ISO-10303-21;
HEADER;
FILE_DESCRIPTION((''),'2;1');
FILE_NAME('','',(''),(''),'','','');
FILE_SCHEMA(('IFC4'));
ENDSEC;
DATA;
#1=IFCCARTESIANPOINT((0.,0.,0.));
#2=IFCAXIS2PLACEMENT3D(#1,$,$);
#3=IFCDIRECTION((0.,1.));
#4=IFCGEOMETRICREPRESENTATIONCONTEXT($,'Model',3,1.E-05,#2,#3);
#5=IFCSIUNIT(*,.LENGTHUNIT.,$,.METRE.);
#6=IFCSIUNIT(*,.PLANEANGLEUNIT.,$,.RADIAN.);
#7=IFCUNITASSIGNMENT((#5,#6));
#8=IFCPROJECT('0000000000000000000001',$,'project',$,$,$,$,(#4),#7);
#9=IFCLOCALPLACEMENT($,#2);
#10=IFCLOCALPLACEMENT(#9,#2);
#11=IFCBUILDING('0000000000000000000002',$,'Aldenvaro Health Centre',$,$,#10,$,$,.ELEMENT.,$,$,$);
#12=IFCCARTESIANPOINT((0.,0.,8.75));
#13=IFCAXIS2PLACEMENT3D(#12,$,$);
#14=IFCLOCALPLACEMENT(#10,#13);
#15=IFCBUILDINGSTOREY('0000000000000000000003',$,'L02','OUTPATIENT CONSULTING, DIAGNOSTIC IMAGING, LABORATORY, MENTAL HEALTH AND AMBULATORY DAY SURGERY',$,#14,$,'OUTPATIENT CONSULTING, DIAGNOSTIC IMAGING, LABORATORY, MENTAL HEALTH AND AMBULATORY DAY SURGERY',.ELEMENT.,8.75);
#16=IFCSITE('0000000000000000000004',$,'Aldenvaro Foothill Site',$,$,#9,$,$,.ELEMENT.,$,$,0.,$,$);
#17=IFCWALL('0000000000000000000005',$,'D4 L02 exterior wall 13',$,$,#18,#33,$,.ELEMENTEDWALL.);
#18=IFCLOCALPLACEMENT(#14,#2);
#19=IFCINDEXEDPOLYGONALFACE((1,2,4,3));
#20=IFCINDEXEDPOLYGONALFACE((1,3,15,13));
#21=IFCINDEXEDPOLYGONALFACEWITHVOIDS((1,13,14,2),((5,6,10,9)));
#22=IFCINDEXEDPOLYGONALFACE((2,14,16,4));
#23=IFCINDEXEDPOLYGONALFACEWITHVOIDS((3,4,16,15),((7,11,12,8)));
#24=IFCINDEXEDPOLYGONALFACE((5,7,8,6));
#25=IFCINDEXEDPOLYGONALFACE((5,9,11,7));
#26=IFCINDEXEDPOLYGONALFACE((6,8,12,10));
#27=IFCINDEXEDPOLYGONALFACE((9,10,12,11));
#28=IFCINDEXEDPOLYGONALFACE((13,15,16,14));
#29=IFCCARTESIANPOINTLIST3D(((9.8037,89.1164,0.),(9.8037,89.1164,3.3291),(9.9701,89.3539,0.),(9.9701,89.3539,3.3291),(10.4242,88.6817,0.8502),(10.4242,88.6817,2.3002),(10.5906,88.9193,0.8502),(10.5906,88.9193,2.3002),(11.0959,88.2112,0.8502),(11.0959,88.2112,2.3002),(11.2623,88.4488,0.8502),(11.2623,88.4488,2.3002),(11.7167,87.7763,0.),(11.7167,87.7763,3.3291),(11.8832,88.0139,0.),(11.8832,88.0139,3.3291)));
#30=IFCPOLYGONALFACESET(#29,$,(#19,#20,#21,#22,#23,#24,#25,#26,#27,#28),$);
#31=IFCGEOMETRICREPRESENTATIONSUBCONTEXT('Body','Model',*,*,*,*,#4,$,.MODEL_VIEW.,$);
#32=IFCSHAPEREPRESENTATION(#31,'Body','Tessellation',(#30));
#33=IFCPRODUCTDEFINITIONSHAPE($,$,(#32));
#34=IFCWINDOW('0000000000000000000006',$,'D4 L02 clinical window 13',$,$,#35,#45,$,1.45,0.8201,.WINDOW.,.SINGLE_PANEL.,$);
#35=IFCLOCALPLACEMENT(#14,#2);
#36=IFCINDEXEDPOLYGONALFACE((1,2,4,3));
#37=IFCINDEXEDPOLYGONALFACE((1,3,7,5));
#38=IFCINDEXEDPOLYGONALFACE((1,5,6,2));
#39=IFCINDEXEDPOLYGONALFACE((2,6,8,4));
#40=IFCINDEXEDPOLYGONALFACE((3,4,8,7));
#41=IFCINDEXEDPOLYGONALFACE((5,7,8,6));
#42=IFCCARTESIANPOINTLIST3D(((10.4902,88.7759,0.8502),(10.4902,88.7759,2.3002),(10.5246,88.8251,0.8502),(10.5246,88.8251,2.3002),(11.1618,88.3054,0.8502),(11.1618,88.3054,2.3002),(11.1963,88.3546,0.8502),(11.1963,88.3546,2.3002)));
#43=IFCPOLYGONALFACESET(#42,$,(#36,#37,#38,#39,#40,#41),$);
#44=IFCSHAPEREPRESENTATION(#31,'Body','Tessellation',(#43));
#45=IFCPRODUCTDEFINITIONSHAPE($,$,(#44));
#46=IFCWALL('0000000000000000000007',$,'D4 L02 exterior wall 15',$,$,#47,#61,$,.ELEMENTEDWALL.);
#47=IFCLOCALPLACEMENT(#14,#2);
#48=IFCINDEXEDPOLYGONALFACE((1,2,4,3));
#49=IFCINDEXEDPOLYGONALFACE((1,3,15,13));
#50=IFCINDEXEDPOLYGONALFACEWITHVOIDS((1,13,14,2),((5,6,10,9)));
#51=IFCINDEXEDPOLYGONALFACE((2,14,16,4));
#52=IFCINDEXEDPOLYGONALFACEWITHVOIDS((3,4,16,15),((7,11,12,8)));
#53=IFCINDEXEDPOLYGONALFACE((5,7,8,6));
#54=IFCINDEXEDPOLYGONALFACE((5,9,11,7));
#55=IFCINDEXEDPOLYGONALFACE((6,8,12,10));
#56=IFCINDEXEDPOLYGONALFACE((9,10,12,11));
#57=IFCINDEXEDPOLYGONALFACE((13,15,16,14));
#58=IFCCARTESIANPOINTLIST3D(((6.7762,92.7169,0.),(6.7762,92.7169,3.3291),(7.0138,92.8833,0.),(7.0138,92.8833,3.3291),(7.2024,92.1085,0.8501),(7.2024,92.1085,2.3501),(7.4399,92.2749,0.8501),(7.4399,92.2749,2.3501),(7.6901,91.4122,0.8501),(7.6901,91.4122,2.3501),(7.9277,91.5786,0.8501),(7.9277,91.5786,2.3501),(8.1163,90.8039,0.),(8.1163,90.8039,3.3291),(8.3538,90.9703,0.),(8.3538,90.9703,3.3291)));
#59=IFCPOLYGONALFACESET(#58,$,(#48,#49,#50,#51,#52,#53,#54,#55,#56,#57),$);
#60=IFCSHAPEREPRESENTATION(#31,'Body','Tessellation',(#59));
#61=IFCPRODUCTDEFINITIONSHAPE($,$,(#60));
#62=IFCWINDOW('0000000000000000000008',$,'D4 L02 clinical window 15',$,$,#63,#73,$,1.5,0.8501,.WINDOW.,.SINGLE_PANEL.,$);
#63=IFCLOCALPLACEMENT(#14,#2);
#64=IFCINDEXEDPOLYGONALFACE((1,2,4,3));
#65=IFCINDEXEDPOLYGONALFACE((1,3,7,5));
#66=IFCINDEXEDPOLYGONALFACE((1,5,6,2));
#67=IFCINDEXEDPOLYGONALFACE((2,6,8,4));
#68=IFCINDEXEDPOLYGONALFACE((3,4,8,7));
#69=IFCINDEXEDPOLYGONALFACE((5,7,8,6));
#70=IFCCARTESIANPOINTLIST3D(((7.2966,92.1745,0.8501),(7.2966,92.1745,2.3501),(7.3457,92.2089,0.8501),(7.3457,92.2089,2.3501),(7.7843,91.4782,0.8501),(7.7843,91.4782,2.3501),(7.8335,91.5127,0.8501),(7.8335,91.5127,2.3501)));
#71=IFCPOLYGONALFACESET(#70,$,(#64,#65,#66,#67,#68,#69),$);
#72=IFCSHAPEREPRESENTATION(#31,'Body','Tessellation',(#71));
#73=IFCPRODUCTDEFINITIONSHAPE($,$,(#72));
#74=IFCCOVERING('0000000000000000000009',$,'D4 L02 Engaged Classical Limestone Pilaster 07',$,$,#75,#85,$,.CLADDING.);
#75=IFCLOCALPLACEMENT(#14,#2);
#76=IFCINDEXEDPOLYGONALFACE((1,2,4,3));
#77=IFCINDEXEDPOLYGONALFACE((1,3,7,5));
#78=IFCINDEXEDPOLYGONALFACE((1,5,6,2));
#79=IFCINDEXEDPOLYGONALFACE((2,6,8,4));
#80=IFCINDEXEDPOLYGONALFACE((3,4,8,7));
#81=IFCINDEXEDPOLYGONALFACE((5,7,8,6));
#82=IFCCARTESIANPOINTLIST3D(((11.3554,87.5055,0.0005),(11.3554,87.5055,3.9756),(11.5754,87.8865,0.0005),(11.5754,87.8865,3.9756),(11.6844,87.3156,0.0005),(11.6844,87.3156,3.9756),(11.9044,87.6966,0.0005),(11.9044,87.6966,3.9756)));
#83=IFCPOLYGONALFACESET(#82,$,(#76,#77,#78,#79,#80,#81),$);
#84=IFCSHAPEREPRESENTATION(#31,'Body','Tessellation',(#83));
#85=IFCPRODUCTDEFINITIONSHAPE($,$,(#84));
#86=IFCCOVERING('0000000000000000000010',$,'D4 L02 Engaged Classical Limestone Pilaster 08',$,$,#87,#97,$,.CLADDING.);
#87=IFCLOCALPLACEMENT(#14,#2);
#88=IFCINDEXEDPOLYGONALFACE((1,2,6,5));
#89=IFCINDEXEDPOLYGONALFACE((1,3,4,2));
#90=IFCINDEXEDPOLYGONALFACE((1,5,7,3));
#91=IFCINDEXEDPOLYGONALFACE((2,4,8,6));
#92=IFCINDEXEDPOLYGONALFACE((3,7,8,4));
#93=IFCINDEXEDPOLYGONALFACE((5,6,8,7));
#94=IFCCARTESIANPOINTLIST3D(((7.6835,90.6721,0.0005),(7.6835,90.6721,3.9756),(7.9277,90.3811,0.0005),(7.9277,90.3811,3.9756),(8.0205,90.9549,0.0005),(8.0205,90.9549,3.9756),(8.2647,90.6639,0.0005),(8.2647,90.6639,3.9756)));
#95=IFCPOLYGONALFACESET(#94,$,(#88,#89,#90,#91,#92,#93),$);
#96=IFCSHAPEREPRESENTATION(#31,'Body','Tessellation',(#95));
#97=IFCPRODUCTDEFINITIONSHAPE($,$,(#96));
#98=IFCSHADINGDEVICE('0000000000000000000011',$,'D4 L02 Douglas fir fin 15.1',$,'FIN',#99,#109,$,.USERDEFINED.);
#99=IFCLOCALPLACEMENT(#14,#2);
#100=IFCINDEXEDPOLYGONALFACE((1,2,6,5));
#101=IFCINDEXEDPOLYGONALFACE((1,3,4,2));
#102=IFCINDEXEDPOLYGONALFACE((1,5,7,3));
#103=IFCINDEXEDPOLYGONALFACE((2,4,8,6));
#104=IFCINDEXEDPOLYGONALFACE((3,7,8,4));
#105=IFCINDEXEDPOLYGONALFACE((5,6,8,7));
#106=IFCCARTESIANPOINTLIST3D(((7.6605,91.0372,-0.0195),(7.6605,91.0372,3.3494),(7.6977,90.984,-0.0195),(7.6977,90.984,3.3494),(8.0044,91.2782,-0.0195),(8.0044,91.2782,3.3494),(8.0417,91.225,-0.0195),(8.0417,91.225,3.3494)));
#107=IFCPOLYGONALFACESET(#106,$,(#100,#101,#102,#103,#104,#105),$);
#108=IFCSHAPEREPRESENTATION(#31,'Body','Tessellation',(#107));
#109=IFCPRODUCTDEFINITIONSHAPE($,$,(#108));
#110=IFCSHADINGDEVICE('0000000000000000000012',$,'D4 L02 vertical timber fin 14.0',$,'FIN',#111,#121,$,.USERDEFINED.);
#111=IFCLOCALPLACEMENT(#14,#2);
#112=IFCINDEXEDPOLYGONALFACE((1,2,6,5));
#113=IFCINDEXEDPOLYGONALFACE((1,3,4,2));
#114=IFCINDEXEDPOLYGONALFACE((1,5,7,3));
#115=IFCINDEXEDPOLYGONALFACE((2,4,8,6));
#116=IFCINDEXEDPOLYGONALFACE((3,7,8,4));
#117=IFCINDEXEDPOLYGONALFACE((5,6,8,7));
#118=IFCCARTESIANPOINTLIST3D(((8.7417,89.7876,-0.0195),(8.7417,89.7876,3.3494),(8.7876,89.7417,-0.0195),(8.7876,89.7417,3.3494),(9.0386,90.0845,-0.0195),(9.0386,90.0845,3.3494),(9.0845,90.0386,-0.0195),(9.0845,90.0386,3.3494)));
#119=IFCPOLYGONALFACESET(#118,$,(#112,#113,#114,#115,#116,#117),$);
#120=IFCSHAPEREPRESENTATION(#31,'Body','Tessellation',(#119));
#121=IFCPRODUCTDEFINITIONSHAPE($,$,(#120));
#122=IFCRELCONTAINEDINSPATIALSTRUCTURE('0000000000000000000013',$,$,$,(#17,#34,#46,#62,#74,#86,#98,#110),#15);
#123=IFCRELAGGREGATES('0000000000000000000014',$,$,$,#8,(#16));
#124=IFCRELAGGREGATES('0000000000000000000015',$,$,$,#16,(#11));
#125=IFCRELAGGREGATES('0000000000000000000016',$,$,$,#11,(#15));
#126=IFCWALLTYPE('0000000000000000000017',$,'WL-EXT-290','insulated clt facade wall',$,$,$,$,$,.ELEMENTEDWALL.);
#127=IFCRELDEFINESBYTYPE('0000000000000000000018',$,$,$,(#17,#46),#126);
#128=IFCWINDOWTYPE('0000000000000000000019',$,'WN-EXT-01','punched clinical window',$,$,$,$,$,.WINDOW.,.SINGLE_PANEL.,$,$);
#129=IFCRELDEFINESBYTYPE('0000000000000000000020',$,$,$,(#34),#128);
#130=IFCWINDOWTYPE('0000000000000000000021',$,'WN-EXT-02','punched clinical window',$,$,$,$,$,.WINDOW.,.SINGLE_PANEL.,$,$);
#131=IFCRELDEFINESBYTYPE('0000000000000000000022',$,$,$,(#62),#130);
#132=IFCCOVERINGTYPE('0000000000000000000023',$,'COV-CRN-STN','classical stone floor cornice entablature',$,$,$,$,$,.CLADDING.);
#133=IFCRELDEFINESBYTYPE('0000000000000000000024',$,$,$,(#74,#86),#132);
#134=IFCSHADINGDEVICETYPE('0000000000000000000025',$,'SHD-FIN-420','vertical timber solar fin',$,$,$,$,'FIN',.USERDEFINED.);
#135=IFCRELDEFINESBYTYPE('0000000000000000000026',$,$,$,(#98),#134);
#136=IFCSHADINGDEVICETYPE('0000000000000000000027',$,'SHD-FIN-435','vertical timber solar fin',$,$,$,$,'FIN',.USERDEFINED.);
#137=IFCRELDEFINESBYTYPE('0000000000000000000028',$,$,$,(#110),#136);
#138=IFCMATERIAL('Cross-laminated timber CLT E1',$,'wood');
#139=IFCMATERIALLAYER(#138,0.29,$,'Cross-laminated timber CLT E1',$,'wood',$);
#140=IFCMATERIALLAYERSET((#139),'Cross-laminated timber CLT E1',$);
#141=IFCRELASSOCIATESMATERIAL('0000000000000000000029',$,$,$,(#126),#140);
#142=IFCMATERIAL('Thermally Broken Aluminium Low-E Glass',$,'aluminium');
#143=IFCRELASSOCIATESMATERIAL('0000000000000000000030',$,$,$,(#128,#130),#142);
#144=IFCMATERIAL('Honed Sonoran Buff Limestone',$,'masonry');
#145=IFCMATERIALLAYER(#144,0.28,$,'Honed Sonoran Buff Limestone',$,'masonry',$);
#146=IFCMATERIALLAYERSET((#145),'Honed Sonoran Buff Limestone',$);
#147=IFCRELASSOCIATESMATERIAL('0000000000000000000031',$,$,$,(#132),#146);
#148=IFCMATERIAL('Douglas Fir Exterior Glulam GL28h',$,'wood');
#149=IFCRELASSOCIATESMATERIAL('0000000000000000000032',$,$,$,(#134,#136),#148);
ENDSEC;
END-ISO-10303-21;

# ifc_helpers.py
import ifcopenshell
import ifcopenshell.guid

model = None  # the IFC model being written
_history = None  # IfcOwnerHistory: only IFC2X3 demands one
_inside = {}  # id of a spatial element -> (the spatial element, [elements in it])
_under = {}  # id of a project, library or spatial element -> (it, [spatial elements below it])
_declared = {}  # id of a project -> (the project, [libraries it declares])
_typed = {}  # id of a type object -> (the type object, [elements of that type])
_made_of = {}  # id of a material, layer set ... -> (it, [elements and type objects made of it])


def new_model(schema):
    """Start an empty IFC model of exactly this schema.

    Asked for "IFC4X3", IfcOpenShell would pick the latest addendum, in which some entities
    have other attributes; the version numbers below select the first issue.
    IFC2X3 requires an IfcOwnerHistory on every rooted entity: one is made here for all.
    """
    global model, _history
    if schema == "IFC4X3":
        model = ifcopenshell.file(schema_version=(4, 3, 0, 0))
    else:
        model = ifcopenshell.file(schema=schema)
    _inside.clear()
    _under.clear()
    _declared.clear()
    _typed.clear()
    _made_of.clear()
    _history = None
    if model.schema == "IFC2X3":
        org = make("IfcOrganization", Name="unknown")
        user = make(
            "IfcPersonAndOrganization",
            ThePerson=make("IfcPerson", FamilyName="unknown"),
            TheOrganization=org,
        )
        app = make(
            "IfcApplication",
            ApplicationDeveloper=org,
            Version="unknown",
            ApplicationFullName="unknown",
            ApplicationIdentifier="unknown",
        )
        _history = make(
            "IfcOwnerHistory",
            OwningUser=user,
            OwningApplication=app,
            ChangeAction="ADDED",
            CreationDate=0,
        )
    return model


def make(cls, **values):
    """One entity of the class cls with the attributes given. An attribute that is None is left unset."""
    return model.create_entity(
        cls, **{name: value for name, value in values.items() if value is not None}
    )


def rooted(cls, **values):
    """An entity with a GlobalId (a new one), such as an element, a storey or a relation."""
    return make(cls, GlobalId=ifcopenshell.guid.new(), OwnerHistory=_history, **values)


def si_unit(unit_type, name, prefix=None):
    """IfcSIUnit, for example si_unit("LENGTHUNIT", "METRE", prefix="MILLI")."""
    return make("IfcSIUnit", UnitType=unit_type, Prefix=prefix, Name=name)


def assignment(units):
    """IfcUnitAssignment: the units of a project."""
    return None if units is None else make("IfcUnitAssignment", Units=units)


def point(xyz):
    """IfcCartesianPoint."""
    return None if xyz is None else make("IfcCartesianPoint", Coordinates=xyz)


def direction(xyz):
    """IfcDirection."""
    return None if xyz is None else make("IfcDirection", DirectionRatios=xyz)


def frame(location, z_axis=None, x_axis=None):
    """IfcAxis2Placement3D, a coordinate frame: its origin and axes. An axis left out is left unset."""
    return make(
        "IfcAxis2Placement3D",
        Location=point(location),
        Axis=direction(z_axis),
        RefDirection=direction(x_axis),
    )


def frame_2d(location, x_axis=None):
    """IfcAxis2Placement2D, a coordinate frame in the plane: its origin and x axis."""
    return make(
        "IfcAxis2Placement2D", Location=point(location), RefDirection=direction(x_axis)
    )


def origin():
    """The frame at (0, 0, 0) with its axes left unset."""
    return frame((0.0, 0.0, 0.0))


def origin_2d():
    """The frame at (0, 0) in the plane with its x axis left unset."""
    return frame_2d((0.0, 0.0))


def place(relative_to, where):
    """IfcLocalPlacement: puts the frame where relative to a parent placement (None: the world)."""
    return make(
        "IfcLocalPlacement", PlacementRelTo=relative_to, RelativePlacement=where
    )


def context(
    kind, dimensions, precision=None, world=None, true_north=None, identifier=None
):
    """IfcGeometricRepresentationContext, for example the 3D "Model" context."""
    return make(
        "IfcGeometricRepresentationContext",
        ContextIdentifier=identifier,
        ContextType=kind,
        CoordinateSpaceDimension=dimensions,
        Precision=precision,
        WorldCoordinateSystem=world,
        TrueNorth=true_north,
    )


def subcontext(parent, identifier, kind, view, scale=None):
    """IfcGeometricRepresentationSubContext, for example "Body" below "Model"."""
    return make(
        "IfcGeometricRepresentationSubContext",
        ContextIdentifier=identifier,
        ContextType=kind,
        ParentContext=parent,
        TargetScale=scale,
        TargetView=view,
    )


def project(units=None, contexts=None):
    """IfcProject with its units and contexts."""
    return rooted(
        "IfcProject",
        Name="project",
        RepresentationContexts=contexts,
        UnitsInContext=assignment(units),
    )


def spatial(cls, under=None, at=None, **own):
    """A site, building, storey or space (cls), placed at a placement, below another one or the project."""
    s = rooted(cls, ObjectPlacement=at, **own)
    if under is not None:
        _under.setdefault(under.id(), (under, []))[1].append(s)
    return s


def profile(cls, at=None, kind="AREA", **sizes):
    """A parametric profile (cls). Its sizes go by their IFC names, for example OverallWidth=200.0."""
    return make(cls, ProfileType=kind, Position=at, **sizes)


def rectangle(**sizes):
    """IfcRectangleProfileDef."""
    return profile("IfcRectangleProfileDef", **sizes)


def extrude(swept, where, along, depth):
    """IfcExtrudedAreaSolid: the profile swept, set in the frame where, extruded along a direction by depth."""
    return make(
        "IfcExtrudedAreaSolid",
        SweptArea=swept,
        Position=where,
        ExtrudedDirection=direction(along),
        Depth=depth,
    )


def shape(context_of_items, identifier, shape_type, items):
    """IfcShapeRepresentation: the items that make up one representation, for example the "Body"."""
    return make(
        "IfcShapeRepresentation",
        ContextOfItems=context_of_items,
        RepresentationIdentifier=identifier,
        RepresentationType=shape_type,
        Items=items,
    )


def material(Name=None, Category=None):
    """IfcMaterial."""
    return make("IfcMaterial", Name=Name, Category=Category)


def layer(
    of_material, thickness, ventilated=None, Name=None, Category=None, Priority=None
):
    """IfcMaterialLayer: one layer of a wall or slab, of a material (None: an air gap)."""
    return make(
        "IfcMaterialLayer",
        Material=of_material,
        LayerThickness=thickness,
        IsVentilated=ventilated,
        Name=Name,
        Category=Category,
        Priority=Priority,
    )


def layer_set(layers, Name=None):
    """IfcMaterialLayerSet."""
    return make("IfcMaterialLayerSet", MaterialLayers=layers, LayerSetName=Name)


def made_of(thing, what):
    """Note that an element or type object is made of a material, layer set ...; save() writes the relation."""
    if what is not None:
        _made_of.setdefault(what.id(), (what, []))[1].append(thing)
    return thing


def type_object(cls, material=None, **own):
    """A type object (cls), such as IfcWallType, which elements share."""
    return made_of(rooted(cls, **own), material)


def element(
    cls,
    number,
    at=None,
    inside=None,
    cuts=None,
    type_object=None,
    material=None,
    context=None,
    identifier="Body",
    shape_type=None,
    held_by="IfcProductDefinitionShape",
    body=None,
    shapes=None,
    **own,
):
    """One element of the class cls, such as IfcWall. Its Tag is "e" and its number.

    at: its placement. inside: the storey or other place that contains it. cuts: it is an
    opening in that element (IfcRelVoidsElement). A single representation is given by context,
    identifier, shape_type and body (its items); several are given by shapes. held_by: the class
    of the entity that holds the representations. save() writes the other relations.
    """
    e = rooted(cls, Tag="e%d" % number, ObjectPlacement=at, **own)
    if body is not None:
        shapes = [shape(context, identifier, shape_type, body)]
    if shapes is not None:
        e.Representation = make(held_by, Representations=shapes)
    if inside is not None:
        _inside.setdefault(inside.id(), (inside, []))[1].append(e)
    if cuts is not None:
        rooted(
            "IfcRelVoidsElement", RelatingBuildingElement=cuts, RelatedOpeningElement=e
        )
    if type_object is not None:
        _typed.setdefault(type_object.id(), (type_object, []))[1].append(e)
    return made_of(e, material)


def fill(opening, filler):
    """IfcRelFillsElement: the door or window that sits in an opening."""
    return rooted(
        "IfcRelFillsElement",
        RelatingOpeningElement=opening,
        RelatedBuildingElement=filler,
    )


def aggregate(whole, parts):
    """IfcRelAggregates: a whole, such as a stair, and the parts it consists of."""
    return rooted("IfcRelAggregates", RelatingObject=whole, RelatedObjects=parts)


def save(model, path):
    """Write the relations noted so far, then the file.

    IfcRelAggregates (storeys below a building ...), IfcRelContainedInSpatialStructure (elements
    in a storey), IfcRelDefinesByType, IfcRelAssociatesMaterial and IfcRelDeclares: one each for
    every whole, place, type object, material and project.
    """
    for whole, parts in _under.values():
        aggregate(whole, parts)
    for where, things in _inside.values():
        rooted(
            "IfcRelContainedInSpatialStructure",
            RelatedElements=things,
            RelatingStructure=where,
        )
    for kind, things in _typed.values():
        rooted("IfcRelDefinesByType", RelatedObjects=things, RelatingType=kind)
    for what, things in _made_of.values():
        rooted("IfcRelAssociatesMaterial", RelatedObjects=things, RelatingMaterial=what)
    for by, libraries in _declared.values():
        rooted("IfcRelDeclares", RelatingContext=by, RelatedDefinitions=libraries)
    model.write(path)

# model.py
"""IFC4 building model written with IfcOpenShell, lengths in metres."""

from ifc_helpers import new_model, si_unit, direction, frame, frame_2d, origin, origin_2d, place, context, subcontext, project, spatial, rectangle, extrude, material, layer, layer_set, type_object, element, fill, save


model = new_model("IFC4")

# Units and contexts
model_context = context("Model", 3, precision=1e-05, world=origin(), true_north=direction((0.0, 1.0)))
body_context = subcontext(model_context, "Body", "Model", "MODEL_VIEW")
ifc_project = project(units=[si_unit("LENGTHUNIT", "METRE"), si_unit("PLANEANGLEUNIT", "RADIAN")], contexts=[model_context])

# Site, building, storey
site_placement = place(None, origin())
site = spatial("IfcSite", under=ifc_project, at=site_placement, Name="Aldenvaro Foothill Site", CompositionType="ELEMENT", RefElevation=0.0)
building_placement = place(site_placement, origin())
building = spatial("IfcBuilding", under=site, at=building_placement, Name="Aldenvaro Health Centre", CompositionType="ELEMENT")
storey_placement = place(building_placement, frame((0.0, 0.0, 8.75)))
storey = spatial("IfcBuildingStorey", under=building, at=storey_placement, Name="L02", Description="OUTPATIENT CONSULTING, DIAGNOSTIC IMAGING, LABORATORY, MENTAL HEALTH AND AMBULATORY DAY SURGERY", LongName="OUTPATIENT CONSULTING, DIAGNOSTIC IMAGING, LABORATORY, MENTAL HEALTH AND AMBULATORY DAY SURGERY", CompositionType="ELEMENT", Elevation=8.75)

# Walls, openings, windows
ifc_material_1 = material(Name="Cross-laminated timber CLT E1", Category="wood")
ifc_layer_1 = layer(ifc_material_1, 0.29, Name="Cross-laminated timber CLT E1", Category="wood")
ifc_layer_set_1 = layer_set([ifc_layer_1], Name="Cross-laminated timber CLT E1")
wall_type = type_object("IfcWallType", Name="WL-EXT-290", Description="insulated clt facade wall", PredefinedType="ELEMENTEDWALL", material=ifc_layer_set_1)
wall_1_placement = place(storey_placement, frame((11.8, 87.895, 0.0), z_axis=(0.0, 0.0, 1.0), x_axis=(-0.819045, 0.573729, 0.0)))
wall_1 = element("IfcWall", 1, at=wall_1_placement, inside=storey, type_object=wall_type, Name="D4 L02 exterior wall 13", PredefinedType="ELEMENTEDWALL", context=body_context, shape_type="SweptSolid", body=[
    extrude(rectangle(XDim=2.3357, YDim=0.29, at=frame_2d((1.168, 0.0))), origin(), (0.0, 0.0, 1.0), 3.3291),
])
opening_1_placement = place(wall_1_placement, frame((0.7581, 0.0, 0.8501)))
opening_1 = element("IfcOpeningElement", 2, at=opening_1_placement, cuts=wall_1, PredefinedType="OPENING", context=body_context, shape_type="SweptSolid", body=[
    extrude(rectangle(XDim=0.8201, YDim=1.45, at=frame_2d((0.4102, 0.7251))), frame((0.0, 0.155, 0.0), z_axis=(0.0, -1.0, 0.0), x_axis=(1.0, 0.0, 0.0)), (0.0, 0.0, 1.0), 0.3101),
])
ifc_material_2 = material(Name="Thermally Broken Aluminium Low-E Glass", Category="aluminium")
window_type_1 = type_object("IfcWindowType", Name="WN-EXT-01", Description="punched clinical window", PartitioningType="SINGLE_PANEL", PredefinedType="WINDOW", material=ifc_material_2)
window_1_placement = place(opening_1_placement, origin())
window_1 = element("IfcWindow", 3, at=window_1_placement, inside=storey, type_object=window_type_1, Name="D4 L02 clinical window 13", OverallHeight=1.45, OverallWidth=0.8201, PartitioningType="SINGLE_PANEL", PredefinedType="WINDOW", context=body_context, shape_type="SweptSolid", body=[
    extrude(rectangle(XDim=0.8201, YDim=1.45, at=frame_2d((0.4102, 0.7251))), frame((0.0, 0.03, 0.0), z_axis=(0.0, -1.0, 0.0), x_axis=(1.0, 0.0, 0.0)), (0.0, 0.0, 1.0), 0.0601),
])
fill(opening_1, window_1)
wall_2_placement = place(storey_placement, frame((8.2351, 90.887, 0.0), z_axis=(0.0, 0.0, 1.0), x_axis=(-0.573729, 0.819045, 0.0)))
wall_2 = element("IfcWall", 4, at=wall_2_placement, inside=storey, type_object=wall_type, Name="D4 L02 exterior wall 15", PredefinedType="ELEMENTEDWALL", context=body_context, shape_type="SweptSolid", body=[
    extrude(rectangle(XDim=2.3357, YDim=0.29, at=frame_2d((1.168, 0.0))), origin(), (0.0, 0.0, 1.0), 3.3291),
])
opening_2_placement = place(wall_2_placement, frame((0.7429, 0.0, 0.8501)))
opening_2 = element("IfcOpeningElement", 5, at=opening_2_placement, cuts=wall_2, PredefinedType="OPENING", context=body_context, shape_type="SweptSolid", body=[
    extrude(rectangle(XDim=0.8501, YDim=1.5, at=frame_2d((0.425, 0.75))), frame((0.0, 0.155, 0.0), z_axis=(0.0, -1.0, 0.0), x_axis=(1.0, 0.0, 0.0)), (0.0, 0.0, 1.0), 0.3101),
])
window_type_2 = type_object("IfcWindowType", Name="WN-EXT-02", Description="punched clinical window", PartitioningType="SINGLE_PANEL", PredefinedType="WINDOW", material=ifc_material_2)
window_2_placement = place(opening_2_placement, origin())
window_2 = element("IfcWindow", 6, at=window_2_placement, inside=storey, type_object=window_type_2, Name="D4 L02 clinical window 15", OverallHeight=1.5, OverallWidth=0.8501, PartitioningType="SINGLE_PANEL", PredefinedType="WINDOW", context=body_context, shape_type="SweptSolid", body=[
    extrude(rectangle(XDim=0.8501, YDim=1.5, at=frame_2d((0.425, 0.75))), frame((0.0, 0.03, 0.0), z_axis=(0.0, -1.0, 0.0), x_axis=(1.0, 0.0, 0.0)), (0.0, 0.0, 1.0), 0.0601),
])
fill(opening_2, window_2)

# Coverings
ifc_material_3 = material(Name="Honed Sonoran Buff Limestone", Category="masonry")
ifc_layer_2 = layer(ifc_material_3, 0.28, Name="Honed Sonoran Buff Limestone", Category="masonry")
ifc_layer_set_2 = layer_set([ifc_layer_2], Name="Honed Sonoran Buff Limestone")
covering_type = type_object("IfcCoveringType", Name="COV-CRN-STN", Description="classical stone floor cornice entablature", PredefinedType="CLADDING", material=ifc_layer_set_2)
for number, where, z_axis, x_axis, name in (
    (7, (11.6299, 87.6011, 0.0005), (0.0, 0.0, 1.0), (-0.499992, -0.86603, 0.0), "D4 L02 Engaged Classical Limestone Pilaster 07"),
    (8, (7.9741, 90.668, 0.0005), (0.0, 0.0, 1.0), (-0.766058, -0.642772, 0.0), "D4 L02 Engaged Classical Limestone Pilaster 08"),
):
    element("IfcCovering", number, at=place(storey_placement, frame(where, z_axis=z_axis, x_axis=x_axis)), inside=storey, type_object=covering_type, Name=name, PredefinedType="CLADDING", context=body_context, shape_type="SweptSolid", body=[
        extrude(rectangle(XDim=0.4399, YDim=0.3799, at=origin_2d()), origin(), (0.0, 0.0, 1.0), 3.9751),
    ])

# Shading devices
ifc_material_4 = material(Name="Douglas Fir Exterior Glulam GL28h", Category="wood")
shading_device_type_1 = type_object("IfcShadingDeviceType", Name="SHD-FIN-420", Description="vertical timber solar fin", ElementType="FIN", PredefinedType="USERDEFINED", material=ifc_material_4)
shading_device_1_placement = place(storey_placement, frame((7.8511, 91.1311, -0.0195), z_axis=(0.0, 0.0, 1.0), x_axis=(-0.573721, 0.819051, 0.0)))
element("IfcShadingDevice", 9, at=shading_device_1_placement, inside=storey, type_object=shading_device_type_1, Name="D4 L02 Douglas fir fin 15.1", ObjectType="FIN", PredefinedType="USERDEFINED", context=body_context, shape_type="SweptSolid", body=[
    extrude(rectangle(XDim=0.0649, YDim=0.4199, at=origin_2d()), origin(), (0.0, 0.0, 1.0), 3.3689),
])
shading_device_type_2 = type_object("IfcShadingDeviceType", Name="SHD-FIN-435", Description="vertical timber solar fin", ElementType="FIN", PredefinedType="USERDEFINED", material=ifc_material_4)
shading_device_2_placement = place(storey_placement, frame((8.9131, 89.9131, -0.0195), z_axis=(0.0, 0.0, 1.0), x_axis=(-0.707107, 0.707107, 0.0)))
element("IfcShadingDevice", 10, at=shading_device_2_placement, inside=storey, type_object=shading_device_type_2, Name="D4 L02 vertical timber fin 14.0", ObjectType="FIN", PredefinedType="USERDEFINED", context=body_context, shape_type="SweptSolid", body=[
    extrude(rectangle(XDim=0.0649, YDim=0.4199, at=origin_2d()), origin(), (0.0, 0.0, 1.0), 3.3689),
])

save(model, "model.ifc")
